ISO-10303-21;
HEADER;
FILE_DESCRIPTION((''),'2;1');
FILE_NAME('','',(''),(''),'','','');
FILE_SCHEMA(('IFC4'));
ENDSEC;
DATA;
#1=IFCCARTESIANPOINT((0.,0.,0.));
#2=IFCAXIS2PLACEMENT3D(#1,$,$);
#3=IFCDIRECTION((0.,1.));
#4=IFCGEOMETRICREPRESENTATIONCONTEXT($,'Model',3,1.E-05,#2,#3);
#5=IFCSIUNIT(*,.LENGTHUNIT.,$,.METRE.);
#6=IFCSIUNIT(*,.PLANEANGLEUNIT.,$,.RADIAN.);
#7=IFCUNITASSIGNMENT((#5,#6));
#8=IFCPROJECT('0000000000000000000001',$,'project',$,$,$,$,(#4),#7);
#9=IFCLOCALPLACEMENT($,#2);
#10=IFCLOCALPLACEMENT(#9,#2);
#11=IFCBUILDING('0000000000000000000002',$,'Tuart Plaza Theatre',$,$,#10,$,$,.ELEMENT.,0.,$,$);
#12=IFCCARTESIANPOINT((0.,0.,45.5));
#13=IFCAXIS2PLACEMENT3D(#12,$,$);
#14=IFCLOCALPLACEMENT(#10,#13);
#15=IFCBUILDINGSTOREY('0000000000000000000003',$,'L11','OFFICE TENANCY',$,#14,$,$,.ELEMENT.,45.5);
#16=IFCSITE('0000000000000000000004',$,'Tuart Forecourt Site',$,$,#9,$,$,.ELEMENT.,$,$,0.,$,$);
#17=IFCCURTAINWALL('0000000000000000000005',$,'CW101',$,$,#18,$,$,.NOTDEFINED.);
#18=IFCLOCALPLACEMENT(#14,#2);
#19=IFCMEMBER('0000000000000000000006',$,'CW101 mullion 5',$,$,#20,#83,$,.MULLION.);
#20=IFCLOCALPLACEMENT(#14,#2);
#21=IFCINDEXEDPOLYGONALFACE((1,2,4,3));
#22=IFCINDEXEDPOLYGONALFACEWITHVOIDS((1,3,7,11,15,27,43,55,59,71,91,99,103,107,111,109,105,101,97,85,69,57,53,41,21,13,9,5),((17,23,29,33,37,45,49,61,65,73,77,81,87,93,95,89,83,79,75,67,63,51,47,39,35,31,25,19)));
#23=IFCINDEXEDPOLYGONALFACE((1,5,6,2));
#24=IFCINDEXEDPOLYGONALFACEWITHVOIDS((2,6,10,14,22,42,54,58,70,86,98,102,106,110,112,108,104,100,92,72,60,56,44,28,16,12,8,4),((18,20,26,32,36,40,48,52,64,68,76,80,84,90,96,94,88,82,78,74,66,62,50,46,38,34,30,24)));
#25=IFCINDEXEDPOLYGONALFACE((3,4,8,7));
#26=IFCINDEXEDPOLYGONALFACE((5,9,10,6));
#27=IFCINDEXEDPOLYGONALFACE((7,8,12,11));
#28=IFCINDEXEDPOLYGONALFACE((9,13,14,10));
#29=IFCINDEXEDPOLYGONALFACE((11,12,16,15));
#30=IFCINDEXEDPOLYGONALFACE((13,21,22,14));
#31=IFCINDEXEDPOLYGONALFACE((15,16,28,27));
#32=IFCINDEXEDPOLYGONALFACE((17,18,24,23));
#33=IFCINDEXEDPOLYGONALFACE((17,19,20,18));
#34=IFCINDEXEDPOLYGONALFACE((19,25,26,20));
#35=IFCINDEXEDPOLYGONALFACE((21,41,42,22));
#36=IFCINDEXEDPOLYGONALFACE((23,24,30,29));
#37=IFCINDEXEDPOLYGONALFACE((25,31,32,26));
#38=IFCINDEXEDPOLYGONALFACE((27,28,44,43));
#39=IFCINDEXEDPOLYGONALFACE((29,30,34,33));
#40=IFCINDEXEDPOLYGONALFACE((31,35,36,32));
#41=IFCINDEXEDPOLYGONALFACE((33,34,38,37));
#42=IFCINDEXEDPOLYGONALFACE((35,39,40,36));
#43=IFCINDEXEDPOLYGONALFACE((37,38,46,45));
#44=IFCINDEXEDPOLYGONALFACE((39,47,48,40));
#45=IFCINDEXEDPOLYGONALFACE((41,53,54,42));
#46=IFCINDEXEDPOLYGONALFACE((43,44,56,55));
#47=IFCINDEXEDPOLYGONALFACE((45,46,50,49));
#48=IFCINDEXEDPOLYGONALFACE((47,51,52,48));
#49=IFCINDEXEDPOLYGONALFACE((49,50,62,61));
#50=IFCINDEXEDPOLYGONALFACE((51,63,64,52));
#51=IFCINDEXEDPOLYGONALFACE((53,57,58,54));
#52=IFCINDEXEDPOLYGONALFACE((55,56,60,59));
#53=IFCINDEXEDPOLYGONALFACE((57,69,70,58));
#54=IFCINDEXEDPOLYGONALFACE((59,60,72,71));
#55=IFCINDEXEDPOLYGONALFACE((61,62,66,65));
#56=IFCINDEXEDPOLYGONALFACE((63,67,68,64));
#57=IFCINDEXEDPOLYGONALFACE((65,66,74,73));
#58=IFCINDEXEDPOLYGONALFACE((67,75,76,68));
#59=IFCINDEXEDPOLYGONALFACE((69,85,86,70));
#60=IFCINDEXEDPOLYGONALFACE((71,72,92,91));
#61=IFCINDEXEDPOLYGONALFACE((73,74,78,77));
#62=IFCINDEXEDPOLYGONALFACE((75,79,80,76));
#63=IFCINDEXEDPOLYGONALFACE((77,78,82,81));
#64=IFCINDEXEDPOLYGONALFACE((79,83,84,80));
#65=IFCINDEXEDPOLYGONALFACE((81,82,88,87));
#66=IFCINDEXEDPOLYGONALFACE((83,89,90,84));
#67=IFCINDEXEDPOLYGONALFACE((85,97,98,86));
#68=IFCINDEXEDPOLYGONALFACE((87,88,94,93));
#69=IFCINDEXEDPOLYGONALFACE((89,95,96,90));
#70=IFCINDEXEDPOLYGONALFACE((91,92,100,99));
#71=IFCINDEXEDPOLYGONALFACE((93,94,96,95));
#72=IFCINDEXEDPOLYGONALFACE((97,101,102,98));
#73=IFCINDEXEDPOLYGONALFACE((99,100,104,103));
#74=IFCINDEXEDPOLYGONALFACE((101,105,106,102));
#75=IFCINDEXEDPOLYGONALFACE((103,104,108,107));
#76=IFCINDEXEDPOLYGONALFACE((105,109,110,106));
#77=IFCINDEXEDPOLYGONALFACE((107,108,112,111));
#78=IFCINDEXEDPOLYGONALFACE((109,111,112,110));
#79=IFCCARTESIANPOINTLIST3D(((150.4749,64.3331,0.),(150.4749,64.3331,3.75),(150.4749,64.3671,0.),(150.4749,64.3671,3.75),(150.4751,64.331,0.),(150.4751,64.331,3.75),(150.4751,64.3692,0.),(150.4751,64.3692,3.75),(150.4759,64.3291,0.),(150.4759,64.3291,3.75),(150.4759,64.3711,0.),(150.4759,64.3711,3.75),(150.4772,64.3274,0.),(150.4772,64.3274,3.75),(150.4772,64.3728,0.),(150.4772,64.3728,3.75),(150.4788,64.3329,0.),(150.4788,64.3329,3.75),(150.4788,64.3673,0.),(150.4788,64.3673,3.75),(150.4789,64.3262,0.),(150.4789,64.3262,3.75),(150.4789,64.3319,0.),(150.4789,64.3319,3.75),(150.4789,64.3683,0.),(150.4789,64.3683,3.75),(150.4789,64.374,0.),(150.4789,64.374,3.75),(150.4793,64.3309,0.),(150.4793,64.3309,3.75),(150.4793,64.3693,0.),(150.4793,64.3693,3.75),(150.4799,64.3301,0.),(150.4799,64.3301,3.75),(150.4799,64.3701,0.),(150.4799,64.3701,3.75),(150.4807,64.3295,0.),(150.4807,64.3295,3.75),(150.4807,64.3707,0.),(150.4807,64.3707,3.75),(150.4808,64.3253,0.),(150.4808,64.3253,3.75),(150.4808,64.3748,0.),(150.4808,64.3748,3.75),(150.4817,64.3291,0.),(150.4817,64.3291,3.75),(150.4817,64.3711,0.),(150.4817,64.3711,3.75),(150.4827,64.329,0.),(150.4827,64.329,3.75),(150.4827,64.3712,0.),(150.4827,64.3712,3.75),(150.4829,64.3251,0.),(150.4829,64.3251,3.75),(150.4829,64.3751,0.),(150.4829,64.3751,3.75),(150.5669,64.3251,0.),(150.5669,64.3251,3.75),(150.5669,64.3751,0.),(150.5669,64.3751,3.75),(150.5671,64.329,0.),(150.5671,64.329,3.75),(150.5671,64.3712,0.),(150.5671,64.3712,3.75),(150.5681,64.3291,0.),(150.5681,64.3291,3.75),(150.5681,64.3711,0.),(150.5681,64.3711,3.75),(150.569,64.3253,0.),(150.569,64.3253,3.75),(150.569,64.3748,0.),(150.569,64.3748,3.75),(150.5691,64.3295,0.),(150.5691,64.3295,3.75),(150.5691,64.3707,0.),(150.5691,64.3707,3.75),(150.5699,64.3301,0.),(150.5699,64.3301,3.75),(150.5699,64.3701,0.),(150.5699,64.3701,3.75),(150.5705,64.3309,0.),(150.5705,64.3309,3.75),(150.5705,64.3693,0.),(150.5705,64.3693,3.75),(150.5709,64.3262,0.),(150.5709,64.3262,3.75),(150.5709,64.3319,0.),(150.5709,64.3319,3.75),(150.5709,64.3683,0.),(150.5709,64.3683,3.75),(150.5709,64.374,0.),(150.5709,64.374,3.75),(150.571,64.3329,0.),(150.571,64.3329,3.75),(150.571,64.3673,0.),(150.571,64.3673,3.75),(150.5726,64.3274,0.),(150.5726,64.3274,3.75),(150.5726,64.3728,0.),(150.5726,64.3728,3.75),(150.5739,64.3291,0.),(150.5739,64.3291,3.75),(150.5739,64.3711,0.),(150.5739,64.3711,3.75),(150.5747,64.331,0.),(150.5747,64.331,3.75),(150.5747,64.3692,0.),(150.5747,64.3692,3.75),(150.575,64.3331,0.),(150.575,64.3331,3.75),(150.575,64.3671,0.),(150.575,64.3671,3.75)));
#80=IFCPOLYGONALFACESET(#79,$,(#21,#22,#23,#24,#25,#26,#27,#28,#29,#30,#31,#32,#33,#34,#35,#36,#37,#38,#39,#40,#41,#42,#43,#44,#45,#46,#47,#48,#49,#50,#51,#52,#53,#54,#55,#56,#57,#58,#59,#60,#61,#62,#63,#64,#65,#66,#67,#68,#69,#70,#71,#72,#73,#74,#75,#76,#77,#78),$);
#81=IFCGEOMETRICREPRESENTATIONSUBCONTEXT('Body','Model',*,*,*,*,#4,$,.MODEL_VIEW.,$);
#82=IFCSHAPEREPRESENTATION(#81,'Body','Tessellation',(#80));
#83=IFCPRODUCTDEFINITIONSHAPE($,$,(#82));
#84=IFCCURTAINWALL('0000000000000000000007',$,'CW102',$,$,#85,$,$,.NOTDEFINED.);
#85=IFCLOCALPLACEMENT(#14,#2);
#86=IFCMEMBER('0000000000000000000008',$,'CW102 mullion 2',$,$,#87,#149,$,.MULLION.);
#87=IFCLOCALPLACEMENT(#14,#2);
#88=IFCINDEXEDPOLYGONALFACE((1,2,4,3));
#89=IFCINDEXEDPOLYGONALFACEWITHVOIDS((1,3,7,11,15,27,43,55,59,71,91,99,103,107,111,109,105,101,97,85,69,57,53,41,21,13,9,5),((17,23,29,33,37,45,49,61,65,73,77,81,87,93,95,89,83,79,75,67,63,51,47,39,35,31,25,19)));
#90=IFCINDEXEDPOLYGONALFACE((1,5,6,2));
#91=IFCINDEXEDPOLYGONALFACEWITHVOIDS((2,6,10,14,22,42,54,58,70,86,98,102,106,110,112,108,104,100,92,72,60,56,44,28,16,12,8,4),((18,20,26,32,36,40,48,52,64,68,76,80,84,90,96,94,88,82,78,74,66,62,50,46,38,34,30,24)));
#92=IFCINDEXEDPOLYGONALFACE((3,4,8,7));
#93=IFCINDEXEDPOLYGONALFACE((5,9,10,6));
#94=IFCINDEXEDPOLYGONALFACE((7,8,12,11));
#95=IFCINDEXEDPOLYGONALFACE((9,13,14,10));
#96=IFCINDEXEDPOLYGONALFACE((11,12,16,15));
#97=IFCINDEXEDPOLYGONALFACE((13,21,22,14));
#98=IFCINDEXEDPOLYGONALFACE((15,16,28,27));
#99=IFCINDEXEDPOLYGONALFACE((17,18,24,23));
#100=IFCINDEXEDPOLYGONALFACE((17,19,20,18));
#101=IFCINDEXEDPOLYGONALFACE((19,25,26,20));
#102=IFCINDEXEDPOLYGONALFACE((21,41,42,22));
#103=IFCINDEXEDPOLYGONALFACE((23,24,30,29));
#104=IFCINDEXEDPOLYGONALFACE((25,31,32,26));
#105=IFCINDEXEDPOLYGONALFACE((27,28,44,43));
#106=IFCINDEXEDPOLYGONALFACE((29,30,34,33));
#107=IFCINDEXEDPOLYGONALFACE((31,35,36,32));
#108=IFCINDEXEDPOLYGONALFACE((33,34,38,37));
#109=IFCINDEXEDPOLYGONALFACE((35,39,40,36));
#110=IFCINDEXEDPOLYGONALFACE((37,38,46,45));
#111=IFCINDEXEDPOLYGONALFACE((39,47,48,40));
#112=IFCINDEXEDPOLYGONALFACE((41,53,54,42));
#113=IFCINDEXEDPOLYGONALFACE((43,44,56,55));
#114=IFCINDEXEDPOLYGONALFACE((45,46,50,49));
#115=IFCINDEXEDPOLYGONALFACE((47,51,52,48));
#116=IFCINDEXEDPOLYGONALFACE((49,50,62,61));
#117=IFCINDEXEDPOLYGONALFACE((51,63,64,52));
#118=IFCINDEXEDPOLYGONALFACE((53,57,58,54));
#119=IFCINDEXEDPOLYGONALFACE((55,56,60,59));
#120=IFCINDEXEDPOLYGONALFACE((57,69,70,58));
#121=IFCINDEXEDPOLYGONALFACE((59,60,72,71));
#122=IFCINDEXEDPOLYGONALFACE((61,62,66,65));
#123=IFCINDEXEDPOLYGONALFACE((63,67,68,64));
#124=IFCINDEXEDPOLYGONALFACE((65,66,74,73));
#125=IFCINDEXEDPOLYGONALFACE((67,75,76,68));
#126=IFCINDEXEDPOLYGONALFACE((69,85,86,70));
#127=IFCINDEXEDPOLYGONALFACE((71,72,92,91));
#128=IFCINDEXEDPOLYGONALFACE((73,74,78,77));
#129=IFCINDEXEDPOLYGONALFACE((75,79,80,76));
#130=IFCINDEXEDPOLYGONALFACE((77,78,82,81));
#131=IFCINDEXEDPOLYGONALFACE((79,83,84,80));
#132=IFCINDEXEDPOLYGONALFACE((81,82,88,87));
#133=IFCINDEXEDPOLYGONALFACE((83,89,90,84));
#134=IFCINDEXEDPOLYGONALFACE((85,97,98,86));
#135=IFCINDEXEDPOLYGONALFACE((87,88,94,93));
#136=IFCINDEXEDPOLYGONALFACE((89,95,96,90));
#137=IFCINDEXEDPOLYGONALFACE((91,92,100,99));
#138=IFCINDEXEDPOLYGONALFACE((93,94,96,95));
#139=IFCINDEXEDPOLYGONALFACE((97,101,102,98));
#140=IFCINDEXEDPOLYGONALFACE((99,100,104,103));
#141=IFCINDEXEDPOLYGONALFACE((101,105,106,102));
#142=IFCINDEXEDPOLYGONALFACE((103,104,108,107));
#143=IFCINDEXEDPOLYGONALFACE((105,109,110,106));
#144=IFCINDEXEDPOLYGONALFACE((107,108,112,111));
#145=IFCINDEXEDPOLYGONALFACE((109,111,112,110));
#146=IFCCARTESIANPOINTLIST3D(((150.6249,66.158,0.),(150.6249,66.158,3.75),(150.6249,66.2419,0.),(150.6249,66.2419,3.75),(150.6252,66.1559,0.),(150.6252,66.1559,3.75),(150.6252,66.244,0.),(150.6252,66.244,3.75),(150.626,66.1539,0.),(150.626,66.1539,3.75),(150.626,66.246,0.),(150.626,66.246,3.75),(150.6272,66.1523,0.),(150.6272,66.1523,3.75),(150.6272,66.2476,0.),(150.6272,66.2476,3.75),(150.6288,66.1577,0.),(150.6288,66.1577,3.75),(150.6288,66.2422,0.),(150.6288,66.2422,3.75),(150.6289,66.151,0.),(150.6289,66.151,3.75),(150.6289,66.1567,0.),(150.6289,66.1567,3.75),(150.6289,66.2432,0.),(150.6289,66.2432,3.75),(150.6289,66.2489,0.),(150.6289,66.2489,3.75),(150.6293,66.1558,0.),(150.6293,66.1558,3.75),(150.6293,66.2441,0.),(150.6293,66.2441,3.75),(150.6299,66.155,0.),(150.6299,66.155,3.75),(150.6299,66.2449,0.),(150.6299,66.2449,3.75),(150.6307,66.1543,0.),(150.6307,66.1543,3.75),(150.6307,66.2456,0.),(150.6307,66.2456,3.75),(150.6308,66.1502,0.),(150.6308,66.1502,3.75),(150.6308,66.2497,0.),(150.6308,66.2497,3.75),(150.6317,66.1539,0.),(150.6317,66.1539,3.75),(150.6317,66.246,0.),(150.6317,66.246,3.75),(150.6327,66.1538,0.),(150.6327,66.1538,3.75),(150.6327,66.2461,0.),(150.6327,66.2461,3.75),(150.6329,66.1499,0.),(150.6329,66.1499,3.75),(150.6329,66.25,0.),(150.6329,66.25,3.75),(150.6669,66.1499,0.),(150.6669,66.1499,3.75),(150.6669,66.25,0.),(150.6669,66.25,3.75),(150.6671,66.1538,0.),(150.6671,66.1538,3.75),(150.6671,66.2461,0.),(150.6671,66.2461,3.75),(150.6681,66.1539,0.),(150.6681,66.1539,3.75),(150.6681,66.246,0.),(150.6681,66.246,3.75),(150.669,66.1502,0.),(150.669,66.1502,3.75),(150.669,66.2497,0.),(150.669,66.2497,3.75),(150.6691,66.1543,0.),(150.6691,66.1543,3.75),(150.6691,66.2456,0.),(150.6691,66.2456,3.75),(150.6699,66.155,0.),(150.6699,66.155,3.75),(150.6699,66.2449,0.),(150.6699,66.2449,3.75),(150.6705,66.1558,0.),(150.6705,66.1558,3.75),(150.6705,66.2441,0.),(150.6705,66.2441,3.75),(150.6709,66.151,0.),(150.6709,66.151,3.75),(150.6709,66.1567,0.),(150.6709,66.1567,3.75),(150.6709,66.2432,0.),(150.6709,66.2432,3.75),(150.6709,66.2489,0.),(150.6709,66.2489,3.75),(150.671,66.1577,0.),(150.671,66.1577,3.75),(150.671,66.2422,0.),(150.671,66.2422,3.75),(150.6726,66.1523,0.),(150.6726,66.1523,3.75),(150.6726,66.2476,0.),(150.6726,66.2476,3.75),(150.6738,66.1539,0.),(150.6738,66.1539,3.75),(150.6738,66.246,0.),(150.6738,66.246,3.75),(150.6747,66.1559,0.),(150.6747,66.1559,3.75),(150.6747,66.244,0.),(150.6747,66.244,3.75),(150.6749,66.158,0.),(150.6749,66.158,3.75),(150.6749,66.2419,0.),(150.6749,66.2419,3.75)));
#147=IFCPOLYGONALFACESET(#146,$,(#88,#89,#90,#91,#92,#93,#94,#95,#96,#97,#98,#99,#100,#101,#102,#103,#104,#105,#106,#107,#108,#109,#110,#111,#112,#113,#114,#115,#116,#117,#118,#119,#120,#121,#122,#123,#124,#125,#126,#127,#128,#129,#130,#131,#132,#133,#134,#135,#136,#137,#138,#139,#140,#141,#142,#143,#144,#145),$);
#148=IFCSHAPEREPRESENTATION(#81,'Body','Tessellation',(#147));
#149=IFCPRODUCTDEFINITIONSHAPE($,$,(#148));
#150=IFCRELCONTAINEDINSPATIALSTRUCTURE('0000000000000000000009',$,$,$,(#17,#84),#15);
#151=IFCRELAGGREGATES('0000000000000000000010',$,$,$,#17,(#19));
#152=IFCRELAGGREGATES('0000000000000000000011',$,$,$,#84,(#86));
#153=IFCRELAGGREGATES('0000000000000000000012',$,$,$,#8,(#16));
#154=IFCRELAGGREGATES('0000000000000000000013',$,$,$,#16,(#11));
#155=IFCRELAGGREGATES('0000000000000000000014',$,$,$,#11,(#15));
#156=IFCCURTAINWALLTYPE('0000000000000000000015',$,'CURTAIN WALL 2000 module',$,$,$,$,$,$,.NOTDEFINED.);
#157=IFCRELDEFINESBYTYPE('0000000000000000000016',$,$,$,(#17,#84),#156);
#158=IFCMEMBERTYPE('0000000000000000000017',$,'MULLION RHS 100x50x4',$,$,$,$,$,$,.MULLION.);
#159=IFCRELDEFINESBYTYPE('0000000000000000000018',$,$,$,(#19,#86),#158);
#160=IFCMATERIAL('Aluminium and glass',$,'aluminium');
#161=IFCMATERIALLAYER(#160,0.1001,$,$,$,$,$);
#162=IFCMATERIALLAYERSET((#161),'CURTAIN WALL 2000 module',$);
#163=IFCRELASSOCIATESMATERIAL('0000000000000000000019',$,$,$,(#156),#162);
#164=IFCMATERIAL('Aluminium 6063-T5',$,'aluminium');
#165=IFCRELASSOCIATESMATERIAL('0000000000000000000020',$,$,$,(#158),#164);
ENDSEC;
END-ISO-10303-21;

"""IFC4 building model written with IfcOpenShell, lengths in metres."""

from ifc_helpers import new_model, si_unit, direction, frame, origin, origin_2d, place, context, subcontext, project, spatial, hollow_rectangle, extrude, material, layer, layer_set, material_profile, profile_set, type_object, element, aggregate, save


model = new_model("IFC4")

# Units and contexts
model_context = context("Model", 3, precision=1e-05, world=origin(), true_north=direction((0.0, 1.0)))
body_context = subcontext(model_context, "Body", "Model", "MODEL_VIEW")
ifc_project = project(units=[si_unit("LENGTHUNIT", "METRE"), si_unit("PLANEANGLEUNIT", "RADIAN")], contexts=[model_context])

# Site, building, storey
site_placement = place(None, origin())
site = spatial("IfcSite", under=ifc_project, at=site_placement, Name="Tuart Forecourt Site", CompositionType="ELEMENT", RefElevation=0.0)
building_placement = place(site_placement, origin())
building = spatial("IfcBuilding", under=site, at=building_placement, Name="Tuart Plaza Theatre", CompositionType="ELEMENT", ElevationOfRefHeight=0.0)
storey_placement = place(building_placement, frame((0.0, 0.0, 45.5)))
storey = spatial("IfcBuildingStorey", under=building, at=storey_placement, Name="L11", Description="OFFICE TENANCY", CompositionType="ELEMENT", Elevation=45.5)

# Shared definitions
ifc_material_1 = material(Name="Aluminium and glass", Category="aluminium")
ifc_layer_1 = layer(ifc_material_1, 0.1001)
ifc_layer_set_1 = layer_set([ifc_layer_1], Name="CURTAIN WALL 2000 module")
curtain_wall_type = type_object("IfcCurtainWallType", Name="CURTAIN WALL 2000 module", PredefinedType="NOTDEFINED", material=ifc_layer_set_1)
ifc_material_2 = material(Name="Aluminium 6063-T5", Category="aluminium")
ifc_material_profile_1 = material_profile(ifc_material_2, hollow_rectangle(XDim=0.05, YDim=0.1001, WallThickness=0.0039, InnerFilletRadius=0.0039, OuterFilletRadius=0.0081, at=origin_2d()), Name="RHS 100x50x4")
ifc_profile_set_1 = profile_set([ifc_material_profile_1], Name="Aluminium 6063-T5")
member_type_1 = type_object("IfcMemberType", Name="MULLION RHS 100x50x4", PredefinedType="MULLION", material=ifc_profile_set_1)

# Curtain walls, members
curtain_wall_1_placement = place(storey_placement, origin())
curtain_wall_1 = element("IfcCurtainWall", 1, at=curtain_wall_1_placement, inside=storey, type_object=curtain_wall_type, Name="CW101", PredefinedType="NOTDEFINED")
member_1_placement = place(storey_placement, frame((150.5249, 64.3501, 0.0), z_axis=(0.0, 0.0, 1.0), x_axis=(0.0, 1.0, 0.0)))
member_1 = element("IfcMember", 2, at=member_1_placement, type_object=member_type_1, Name="CW101 mullion 5", PredefinedType="MULLION", context=body_context, shape_type="SweptSolid", body=[
    extrude(hollow_rectangle(XDim=0.05, YDim=0.1001, WallThickness=0.0039, InnerFilletRadius=0.0039, OuterFilletRadius=0.0081, at=origin_2d()), origin(), (0.0, 0.0, 1.0), 3.75),
])
curtain_wall_2_placement = place(storey_placement, origin())
curtain_wall_2 = element("IfcCurtainWall", 3, at=curtain_wall_2_placement, inside=storey, type_object=curtain_wall_type, Name="CW102", PredefinedType="NOTDEFINED")
member_2_placement = place(storey_placement, frame((150.6499, 66.2, 0.0), z_axis=(0.0, 0.0, 1.0), x_axis=(-1.0, 0.0, 0.0)))
member_2 = element("IfcMember", 4, at=member_2_placement, type_object=member_type_1, Name="CW102 mullion 2", PredefinedType="MULLION", context=body_context, shape_type="SweptSolid", body=[
    extrude(hollow_rectangle(XDim=0.05, YDim=0.1001, WallThickness=0.0039, InnerFilletRadius=0.0039, OuterFilletRadius=0.0081, at=origin_2d()), origin(), (0.0, 0.0, 1.0), 3.75),
])

aggregate(curtain_wall_1, [member_1])
aggregate(curtain_wall_2, [member_2])

save(model, "model.ifc")
